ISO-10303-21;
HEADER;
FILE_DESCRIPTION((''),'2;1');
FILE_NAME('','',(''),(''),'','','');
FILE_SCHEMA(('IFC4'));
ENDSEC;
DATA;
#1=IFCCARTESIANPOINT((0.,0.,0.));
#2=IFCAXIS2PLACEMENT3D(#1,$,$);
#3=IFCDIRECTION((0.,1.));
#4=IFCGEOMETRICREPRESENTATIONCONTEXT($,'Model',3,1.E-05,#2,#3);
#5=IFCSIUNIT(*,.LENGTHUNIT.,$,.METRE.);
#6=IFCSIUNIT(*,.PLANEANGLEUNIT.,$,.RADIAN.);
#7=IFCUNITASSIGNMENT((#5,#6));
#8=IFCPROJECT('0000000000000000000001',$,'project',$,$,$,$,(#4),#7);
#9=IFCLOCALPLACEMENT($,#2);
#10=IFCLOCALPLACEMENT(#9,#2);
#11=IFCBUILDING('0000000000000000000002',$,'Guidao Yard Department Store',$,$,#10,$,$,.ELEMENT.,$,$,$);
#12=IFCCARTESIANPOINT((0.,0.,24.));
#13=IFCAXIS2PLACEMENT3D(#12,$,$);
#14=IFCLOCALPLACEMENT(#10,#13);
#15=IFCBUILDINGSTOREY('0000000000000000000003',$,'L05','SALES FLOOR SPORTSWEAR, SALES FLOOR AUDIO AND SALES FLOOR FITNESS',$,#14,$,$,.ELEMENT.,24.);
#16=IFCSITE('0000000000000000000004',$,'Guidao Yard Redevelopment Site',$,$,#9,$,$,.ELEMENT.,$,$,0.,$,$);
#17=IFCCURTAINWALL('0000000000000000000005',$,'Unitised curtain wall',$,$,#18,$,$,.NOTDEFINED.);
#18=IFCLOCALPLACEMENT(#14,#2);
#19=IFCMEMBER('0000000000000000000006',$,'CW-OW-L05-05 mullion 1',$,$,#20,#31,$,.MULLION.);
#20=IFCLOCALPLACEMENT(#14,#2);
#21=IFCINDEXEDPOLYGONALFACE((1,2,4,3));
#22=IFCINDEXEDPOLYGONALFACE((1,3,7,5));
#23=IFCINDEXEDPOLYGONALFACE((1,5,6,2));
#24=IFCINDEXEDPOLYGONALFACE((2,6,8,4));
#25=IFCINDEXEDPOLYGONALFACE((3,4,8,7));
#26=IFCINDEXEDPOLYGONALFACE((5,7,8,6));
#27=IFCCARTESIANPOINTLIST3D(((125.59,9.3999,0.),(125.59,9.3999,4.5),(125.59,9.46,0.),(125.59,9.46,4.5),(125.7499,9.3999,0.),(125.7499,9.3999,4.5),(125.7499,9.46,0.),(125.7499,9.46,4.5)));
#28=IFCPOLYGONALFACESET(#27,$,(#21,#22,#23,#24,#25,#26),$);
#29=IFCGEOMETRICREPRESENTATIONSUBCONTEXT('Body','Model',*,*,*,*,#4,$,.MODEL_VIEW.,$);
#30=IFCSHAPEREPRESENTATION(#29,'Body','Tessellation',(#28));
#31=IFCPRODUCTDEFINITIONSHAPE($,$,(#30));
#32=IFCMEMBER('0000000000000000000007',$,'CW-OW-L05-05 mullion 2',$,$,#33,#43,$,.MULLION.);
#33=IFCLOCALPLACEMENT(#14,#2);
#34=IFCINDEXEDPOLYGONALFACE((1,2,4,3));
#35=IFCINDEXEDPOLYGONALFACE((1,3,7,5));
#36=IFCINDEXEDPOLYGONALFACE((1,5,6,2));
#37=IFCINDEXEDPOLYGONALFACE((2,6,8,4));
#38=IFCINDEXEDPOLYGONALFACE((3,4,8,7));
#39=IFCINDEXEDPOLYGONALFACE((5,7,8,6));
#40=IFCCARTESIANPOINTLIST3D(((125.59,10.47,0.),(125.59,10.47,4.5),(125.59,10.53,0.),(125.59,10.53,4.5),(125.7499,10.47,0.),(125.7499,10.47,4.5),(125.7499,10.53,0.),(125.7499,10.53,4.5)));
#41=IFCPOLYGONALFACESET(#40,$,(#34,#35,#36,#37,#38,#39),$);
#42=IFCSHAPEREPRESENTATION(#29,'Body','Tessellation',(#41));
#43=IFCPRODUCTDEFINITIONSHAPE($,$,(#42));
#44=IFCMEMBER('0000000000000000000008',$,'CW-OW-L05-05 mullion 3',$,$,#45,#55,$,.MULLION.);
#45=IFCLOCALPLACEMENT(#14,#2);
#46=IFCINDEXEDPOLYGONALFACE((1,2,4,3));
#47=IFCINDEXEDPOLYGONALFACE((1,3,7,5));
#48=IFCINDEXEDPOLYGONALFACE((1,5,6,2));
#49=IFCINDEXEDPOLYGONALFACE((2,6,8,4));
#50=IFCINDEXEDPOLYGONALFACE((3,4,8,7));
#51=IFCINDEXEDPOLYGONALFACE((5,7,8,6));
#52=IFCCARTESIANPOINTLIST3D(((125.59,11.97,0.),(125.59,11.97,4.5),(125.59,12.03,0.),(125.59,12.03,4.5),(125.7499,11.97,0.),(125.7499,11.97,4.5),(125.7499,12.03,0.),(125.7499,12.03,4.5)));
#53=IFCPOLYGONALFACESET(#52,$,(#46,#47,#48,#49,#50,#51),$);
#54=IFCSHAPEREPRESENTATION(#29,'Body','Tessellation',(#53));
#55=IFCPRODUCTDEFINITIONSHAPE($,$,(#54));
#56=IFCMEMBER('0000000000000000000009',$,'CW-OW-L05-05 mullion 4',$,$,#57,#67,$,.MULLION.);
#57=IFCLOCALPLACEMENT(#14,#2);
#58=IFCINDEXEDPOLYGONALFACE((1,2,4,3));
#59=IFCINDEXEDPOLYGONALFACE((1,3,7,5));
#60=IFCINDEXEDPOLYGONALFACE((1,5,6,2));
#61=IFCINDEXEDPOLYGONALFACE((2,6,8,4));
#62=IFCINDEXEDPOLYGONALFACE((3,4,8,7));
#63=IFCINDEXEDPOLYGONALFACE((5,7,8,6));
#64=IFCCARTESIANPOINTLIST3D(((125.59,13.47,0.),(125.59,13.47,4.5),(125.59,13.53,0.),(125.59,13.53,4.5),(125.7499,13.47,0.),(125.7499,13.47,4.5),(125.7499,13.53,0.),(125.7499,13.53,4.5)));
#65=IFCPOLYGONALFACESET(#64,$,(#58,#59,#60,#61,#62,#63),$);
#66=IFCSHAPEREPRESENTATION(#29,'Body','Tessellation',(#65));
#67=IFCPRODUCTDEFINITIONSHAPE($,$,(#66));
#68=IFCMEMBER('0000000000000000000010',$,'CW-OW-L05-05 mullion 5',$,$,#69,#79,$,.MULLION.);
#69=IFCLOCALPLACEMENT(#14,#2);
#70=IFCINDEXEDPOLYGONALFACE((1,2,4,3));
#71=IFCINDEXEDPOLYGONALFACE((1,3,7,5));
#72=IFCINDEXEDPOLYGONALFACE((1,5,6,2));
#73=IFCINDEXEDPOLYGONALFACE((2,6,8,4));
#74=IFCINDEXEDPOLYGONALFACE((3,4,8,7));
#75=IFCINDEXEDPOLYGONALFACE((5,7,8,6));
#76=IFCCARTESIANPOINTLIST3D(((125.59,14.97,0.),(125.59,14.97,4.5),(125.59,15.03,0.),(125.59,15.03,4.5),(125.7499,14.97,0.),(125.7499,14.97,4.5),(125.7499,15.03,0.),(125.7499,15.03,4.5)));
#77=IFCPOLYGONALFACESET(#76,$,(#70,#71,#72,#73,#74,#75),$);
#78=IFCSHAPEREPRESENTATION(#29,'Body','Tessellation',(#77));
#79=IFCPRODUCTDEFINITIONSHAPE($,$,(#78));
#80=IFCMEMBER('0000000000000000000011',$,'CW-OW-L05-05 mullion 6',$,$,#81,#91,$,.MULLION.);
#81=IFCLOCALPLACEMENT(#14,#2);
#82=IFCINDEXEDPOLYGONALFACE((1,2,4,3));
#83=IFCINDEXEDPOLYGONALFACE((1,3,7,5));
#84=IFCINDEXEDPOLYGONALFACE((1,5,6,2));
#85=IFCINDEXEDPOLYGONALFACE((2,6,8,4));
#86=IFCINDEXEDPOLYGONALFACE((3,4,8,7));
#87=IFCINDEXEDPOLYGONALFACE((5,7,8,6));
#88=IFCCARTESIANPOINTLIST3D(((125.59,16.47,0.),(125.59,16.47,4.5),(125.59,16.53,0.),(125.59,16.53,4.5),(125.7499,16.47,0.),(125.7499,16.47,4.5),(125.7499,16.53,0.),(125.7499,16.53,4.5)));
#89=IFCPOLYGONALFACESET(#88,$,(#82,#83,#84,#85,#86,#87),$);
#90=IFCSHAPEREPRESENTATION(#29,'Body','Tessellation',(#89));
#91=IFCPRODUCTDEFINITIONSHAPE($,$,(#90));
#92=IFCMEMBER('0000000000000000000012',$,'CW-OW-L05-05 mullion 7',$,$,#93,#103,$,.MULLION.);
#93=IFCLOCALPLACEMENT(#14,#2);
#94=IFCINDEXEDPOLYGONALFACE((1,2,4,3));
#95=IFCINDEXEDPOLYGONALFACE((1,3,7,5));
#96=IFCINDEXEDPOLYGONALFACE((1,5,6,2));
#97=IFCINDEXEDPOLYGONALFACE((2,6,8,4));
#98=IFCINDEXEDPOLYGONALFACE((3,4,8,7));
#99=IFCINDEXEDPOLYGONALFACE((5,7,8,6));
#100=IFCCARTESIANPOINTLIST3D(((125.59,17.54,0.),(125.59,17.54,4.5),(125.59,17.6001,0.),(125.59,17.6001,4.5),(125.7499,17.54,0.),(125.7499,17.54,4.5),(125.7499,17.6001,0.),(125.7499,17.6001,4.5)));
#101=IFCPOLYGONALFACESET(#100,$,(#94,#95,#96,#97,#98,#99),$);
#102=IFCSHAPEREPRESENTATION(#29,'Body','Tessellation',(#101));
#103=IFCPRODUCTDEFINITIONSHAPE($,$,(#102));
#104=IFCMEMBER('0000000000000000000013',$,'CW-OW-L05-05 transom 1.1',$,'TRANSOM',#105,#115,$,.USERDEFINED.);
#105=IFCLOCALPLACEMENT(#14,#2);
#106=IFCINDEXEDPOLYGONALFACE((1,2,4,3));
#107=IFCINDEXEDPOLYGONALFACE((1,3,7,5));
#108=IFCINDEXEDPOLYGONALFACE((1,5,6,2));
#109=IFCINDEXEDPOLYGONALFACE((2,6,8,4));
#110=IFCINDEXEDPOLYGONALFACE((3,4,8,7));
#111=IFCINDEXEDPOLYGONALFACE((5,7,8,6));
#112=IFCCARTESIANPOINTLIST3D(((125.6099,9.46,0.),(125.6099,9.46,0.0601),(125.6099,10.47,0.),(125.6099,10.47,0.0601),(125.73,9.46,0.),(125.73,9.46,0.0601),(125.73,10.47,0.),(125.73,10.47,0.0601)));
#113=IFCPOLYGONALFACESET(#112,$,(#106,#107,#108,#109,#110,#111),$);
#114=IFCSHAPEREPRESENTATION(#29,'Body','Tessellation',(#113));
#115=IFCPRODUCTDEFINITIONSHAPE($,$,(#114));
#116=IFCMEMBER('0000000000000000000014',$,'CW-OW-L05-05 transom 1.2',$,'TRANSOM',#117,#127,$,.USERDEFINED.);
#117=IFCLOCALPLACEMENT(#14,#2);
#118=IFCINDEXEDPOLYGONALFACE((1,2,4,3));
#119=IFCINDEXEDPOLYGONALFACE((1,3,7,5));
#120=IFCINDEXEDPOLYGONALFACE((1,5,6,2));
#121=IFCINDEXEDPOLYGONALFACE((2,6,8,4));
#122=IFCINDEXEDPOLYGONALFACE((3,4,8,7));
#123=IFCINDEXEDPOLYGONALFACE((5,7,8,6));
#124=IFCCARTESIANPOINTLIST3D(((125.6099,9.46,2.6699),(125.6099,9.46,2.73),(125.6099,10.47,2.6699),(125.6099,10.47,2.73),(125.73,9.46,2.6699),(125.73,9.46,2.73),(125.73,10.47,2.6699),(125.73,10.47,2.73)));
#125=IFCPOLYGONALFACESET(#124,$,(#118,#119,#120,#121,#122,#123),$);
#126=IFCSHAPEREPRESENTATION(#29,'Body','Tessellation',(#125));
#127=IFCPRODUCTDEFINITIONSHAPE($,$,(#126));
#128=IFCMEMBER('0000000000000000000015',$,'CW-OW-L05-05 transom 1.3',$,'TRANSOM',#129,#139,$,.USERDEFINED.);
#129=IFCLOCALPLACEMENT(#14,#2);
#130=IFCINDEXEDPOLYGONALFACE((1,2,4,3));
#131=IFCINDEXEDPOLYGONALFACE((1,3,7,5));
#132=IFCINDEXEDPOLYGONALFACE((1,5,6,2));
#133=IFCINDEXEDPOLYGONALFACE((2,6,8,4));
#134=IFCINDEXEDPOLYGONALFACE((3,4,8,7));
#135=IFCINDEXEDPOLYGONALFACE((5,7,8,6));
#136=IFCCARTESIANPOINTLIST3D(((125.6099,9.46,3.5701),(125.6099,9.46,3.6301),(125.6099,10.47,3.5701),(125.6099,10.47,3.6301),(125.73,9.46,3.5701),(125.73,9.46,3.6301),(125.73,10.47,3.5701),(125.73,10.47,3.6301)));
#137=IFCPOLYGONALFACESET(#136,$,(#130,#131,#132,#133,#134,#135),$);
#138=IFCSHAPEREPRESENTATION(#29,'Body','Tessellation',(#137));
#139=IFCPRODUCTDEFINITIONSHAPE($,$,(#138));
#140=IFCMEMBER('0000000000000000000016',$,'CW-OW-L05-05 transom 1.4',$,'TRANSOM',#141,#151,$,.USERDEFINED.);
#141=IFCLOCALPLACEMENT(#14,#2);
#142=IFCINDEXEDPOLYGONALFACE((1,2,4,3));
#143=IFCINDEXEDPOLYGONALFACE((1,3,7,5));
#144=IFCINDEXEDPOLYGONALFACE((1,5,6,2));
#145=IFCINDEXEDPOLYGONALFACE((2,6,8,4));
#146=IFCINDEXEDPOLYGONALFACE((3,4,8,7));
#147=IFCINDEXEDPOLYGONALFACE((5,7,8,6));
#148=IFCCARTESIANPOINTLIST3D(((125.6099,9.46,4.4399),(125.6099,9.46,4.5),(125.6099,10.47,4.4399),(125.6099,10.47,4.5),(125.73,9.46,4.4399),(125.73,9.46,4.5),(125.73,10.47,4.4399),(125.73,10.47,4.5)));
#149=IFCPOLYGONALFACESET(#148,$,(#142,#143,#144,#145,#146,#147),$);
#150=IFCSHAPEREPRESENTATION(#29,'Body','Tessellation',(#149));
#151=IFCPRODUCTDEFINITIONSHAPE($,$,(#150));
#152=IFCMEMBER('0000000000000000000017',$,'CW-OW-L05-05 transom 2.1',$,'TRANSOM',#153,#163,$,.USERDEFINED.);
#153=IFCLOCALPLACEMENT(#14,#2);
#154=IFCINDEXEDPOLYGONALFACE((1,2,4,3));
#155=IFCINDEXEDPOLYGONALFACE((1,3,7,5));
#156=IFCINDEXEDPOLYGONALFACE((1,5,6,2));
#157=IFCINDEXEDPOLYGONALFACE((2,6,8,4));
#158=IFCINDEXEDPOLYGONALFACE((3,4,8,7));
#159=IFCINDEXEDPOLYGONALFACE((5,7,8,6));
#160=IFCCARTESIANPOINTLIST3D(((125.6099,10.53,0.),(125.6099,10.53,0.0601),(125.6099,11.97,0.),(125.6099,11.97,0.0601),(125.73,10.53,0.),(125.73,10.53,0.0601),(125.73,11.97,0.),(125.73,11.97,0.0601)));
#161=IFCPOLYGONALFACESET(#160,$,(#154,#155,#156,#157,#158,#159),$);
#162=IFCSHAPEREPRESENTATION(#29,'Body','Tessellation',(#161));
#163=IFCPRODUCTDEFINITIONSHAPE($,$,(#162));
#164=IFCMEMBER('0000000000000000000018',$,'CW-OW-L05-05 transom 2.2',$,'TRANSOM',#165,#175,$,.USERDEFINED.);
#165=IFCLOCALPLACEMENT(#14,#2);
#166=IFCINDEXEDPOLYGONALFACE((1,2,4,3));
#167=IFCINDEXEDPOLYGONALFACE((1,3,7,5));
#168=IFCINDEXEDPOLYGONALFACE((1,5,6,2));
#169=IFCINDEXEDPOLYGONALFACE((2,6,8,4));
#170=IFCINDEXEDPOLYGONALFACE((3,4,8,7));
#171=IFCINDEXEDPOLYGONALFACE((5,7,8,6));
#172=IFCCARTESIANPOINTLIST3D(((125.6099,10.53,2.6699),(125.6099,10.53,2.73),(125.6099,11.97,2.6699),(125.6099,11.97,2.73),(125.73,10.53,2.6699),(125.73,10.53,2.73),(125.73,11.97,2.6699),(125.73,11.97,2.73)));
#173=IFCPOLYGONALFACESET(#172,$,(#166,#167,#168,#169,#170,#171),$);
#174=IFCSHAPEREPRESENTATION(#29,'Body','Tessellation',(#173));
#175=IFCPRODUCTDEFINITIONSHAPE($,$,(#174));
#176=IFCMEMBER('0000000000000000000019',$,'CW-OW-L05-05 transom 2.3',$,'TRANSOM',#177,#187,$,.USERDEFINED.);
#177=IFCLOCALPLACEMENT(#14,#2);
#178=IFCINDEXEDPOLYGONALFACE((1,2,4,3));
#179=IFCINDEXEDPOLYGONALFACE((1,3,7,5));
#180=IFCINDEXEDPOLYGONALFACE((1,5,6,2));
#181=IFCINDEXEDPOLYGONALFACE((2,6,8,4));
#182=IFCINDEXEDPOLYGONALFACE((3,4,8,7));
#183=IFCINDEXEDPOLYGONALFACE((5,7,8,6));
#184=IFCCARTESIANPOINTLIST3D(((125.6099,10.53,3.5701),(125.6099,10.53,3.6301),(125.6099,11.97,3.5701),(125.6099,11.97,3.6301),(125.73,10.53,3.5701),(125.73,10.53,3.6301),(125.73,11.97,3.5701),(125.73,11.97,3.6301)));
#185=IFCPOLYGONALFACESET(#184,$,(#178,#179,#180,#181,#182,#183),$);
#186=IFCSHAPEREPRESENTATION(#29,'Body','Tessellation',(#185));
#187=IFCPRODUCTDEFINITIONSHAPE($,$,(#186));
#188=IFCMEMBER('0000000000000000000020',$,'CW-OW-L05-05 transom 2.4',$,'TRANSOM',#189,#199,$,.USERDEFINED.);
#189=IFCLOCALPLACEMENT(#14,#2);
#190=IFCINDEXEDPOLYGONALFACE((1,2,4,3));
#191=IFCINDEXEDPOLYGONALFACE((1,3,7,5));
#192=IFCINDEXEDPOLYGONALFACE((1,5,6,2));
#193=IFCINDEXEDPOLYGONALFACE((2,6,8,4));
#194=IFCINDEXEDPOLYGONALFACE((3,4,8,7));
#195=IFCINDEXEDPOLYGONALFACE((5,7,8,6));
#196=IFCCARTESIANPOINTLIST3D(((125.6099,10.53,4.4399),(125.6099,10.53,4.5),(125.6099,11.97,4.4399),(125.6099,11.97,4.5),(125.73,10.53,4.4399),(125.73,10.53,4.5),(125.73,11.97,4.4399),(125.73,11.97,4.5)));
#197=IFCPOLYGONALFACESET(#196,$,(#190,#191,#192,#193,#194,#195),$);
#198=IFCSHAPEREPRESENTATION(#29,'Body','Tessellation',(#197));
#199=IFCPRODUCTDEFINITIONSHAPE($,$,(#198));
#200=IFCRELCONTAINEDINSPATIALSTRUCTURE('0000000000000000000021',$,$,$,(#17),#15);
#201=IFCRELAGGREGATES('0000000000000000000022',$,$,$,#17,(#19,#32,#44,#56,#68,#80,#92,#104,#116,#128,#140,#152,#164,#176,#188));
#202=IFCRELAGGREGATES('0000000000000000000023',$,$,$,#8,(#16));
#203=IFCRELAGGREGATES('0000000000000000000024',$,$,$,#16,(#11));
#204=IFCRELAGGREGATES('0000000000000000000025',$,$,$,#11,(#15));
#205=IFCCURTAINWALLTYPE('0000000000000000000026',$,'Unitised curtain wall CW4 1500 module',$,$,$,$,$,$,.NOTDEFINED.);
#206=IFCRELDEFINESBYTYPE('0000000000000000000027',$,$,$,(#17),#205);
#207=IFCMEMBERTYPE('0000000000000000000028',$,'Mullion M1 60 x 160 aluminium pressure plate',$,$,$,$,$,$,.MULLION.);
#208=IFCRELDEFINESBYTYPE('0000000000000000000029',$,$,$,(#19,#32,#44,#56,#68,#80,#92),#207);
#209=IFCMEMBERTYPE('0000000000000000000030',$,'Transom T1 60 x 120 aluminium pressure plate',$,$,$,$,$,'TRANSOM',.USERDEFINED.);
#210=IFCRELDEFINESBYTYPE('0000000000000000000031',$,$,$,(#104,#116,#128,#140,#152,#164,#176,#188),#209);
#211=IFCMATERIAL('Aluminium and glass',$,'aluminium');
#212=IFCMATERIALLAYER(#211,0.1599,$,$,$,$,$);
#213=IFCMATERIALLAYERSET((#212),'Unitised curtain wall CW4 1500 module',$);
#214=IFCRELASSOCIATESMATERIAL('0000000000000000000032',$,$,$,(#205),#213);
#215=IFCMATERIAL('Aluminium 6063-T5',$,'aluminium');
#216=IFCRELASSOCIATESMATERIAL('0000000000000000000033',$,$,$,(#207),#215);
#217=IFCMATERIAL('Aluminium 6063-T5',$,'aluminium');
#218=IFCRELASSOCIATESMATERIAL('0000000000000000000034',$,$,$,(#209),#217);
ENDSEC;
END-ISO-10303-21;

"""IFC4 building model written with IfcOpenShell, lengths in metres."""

from ifc_helpers import new_model, si_unit, direction, frame, origin, origin_2d, place, context, subcontext, project, spatial, rectangle, extrude, material, layer, layer_set, material_profile, profile_set, type_object, element, aggregate, save


model = new_model("IFC4")

# Units and contexts
model_context = context("Model", 3, precision=1e-05, world=origin(), true_north=direction((0.0, 1.0)))
body_context = subcontext(model_context, "Body", "Model", "MODEL_VIEW")
ifc_project = project(units=[si_unit("LENGTHUNIT", "METRE"), si_unit("PLANEANGLEUNIT", "RADIAN")], contexts=[model_context])

# Site, building, storey
site_placement = place(None, origin())
site = spatial("IfcSite", under=ifc_project, at=site_placement, Name="Guidao Yard Redevelopment Site", CompositionType="ELEMENT", RefElevation=0.0)
building_placement = place(site_placement, origin())
building = spatial("IfcBuilding", under=site, at=building_placement, Name="Guidao Yard Department Store", CompositionType="ELEMENT")
storey_placement = place(building_placement, frame((0.0, 0.0, 24.0)))
storey = spatial("IfcBuildingStorey", under=building, at=storey_placement, Name="L05", Description="SALES FLOOR SPORTSWEAR, SALES FLOOR AUDIO AND SALES FLOOR FITNESS", CompositionType="ELEMENT", Elevation=24.0)

# Curtain wall, members
ifc_material_1 = material(Name="Aluminium and glass", Category="aluminium")
ifc_layer_1 = layer(ifc_material_1, 0.1599)
ifc_layer_set_1 = layer_set([ifc_layer_1], Name="Unitised curtain wall CW4 1500 module")
curtain_wall_type = type_object("IfcCurtainWallType", Name="Unitised curtain wall CW4 1500 module", PredefinedType="NOTDEFINED", material=ifc_layer_set_1)
curtain_wall_placement = place(storey_placement, origin())
curtain_wall = element("IfcCurtainWall", 1, at=curtain_wall_placement, inside=storey, type_object=curtain_wall_type, Name="Unitised curtain wall", PredefinedType="NOTDEFINED")
ifc_material_2 = material(Name="Aluminium 6063-T5", Category="aluminium")
ifc_material_profile_1 = material_profile(ifc_material_2, rectangle(XDim=0.0601, YDim=0.1599, at=origin_2d()), Name="Mullion M1 60 x 160 aluminium pressure plate")
ifc_profile_set_1 = profile_set([ifc_material_profile_1], Name="Aluminium 6063-T5")
member_type_1 = type_object("IfcMemberType", Name="Mullion M1 60 x 160 aluminium pressure plate", PredefinedType="MULLION", material=ifc_profile_set_1)
member_1_placement = place(storey_placement, frame((125.6699, 9.4299, 0.0), z_axis=(0.0, 0.0, 1.0), x_axis=(0.0, 1.0, 0.0)))
member_1 = element("IfcMember", 2, at=member_1_placement, type_object=member_type_1, Name="CW-OW-L05-05 mullion 1", PredefinedType="MULLION", context=body_context, shape_type="SweptSolid", body=[
    extrude(rectangle(XDim=0.0601, YDim=0.1599, at=origin_2d()), origin(), (0.0, 0.0, 1.0), 4.5),
])
member_2_placement = place(storey_placement, frame((125.6699, 10.5, 0.0), z_axis=(0.0, 0.0, 1.0), x_axis=(0.0, 1.0, 0.0)))
member_2 = element("IfcMember", 3, at=member_2_placement, type_object=member_type_1, Name="CW-OW-L05-05 mullion 2", PredefinedType="MULLION", context=body_context, shape_type="SweptSolid", body=[
    extrude(rectangle(XDim=0.0601, YDim=0.1599, at=origin_2d()), origin(), (0.0, 0.0, 1.0), 4.5),
])
member_3_placement = place(storey_placement, frame((125.6699, 12.0, 0.0), z_axis=(0.0, 0.0, 1.0), x_axis=(0.0, 1.0, 0.0)))
member_3 = element("IfcMember", 4, at=member_3_placement, type_object=member_type_1, Name="CW-OW-L05-05 mullion 3", PredefinedType="MULLION", context=body_context, shape_type="SweptSolid", body=[
    extrude(rectangle(XDim=0.0601, YDim=0.1599, at=origin_2d()), origin(), (0.0, 0.0, 1.0), 4.5),
])
member_4_placement = place(storey_placement, frame((125.6699, 13.5, 0.0), z_axis=(0.0, 0.0, 1.0), x_axis=(0.0, 1.0, 0.0)))
member_4 = element("IfcMember", 5, at=member_4_placement, type_object=member_type_1, Name="CW-OW-L05-05 mullion 4", PredefinedType="MULLION", context=body_context, shape_type="SweptSolid", body=[
    extrude(rectangle(XDim=0.0601, YDim=0.1599, at=origin_2d()), origin(), (0.0, 0.0, 1.0), 4.5),
])
member_5_placement = place(storey_placement, frame((125.6699, 15.0, 0.0), z_axis=(0.0, 0.0, 1.0), x_axis=(0.0, 1.0, 0.0)))
member_5 = element("IfcMember", 6, at=member_5_placement, type_object=member_type_1, Name="CW-OW-L05-05 mullion 5", PredefinedType="MULLION", context=body_context, shape_type="SweptSolid", body=[
    extrude(rectangle(XDim=0.0601, YDim=0.1599, at=origin_2d()), origin(), (0.0, 0.0, 1.0), 4.5),
])
member_6_placement = place(storey_placement, frame((125.6699, 16.5, 0.0), z_axis=(0.0, 0.0, 1.0), x_axis=(0.0, 1.0, 0.0)))
member_6 = element("IfcMember", 7, at=member_6_placement, type_object=member_type_1, Name="CW-OW-L05-05 mullion 6", PredefinedType="MULLION", context=body_context, shape_type="SweptSolid", body=[
    extrude(rectangle(XDim=0.0601, YDim=0.1599, at=origin_2d()), origin(), (0.0, 0.0, 1.0), 4.5),
])
member_7_placement = place(storey_placement, frame((125.6699, 17.5701, 0.0), z_axis=(0.0, 0.0, 1.0), x_axis=(0.0, 1.0, 0.0)))
member_7 = element("IfcMember", 8, at=member_7_placement, type_object=member_type_1, Name="CW-OW-L05-05 mullion 7", PredefinedType="MULLION", context=body_context, shape_type="SweptSolid", body=[
    extrude(rectangle(XDim=0.0601, YDim=0.1599, at=origin_2d()), origin(), (0.0, 0.0, 1.0), 4.5),
])
ifc_material_3 = material(Name="Aluminium 6063-T5", Category="aluminium")
ifc_material_profile_2 = material_profile(ifc_material_3, rectangle(XDim=0.1201, YDim=0.0601, at=origin_2d()), Name="Transom T1 60 x 120 aluminium pressure plate")
ifc_profile_set_2 = profile_set([ifc_material_profile_2], Name="Aluminium 6063-T5")
member_type_2 = type_object("IfcMemberType", Name="Transom T1 60 x 120 aluminium pressure plate", ElementType="TRANSOM", PredefinedType="USERDEFINED", material=ifc_profile_set_2)
member_8_placement = place(storey_placement, frame((125.6699, 9.46, 0.03), z_axis=(0.0, 1.0, 0.0), x_axis=(-1.0, 0.0, 0.0)))
member_8 = element("IfcMember", 9, at=member_8_placement, type_object=member_type_2, Name="CW-OW-L05-05 transom 1.1", ObjectType="TRANSOM", PredefinedType="USERDEFINED", context=body_context, shape_type="SweptSolid", body=[
    extrude(rectangle(XDim=0.1201, YDim=0.0601, at=origin_2d()), origin(), (0.0, 0.0, 1.0), 1.01),
])
member_9_placement = place(storey_placement, frame((125.6699, 9.46, 2.7), z_axis=(0.0, 1.0, 0.0), x_axis=(-1.0, 0.0, 0.0)))
member_9 = element("IfcMember", 10, at=member_9_placement, type_object=member_type_2, Name="CW-OW-L05-05 transom 1.2", ObjectType="TRANSOM", PredefinedType="USERDEFINED", context=body_context, shape_type="SweptSolid", body=[
    extrude(rectangle(XDim=0.1201, YDim=0.0601, at=origin_2d()), origin(), (0.0, 0.0, 1.0), 1.01),
])
member_10_placement = place(storey_placement, frame((125.6699, 9.46, 3.6001), z_axis=(0.0, 1.0, 0.0), x_axis=(-1.0, 0.0, 0.0)))
member_10 = element("IfcMember", 11, at=member_10_placement, type_object=member_type_2, Name="CW-OW-L05-05 transom 1.3", ObjectType="TRANSOM", PredefinedType="USERDEFINED", context=body_context, shape_type="SweptSolid", body=[
    extrude(rectangle(XDim=0.1201, YDim=0.0601, at=origin_2d()), origin(), (0.0, 0.0, 1.0), 1.01),
])
member_11_placement = place(storey_placement, frame((125.6699, 9.46, 4.47), z_axis=(0.0, 1.0, 0.0), x_axis=(-1.0, 0.0, 0.0)))
member_11 = element("IfcMember", 12, at=member_11_placement, type_object=member_type_2, Name="CW-OW-L05-05 transom 1.4", ObjectType="TRANSOM", PredefinedType="USERDEFINED", context=body_context, shape_type="SweptSolid", body=[
    extrude(rectangle(XDim=0.1201, YDim=0.0601, at=origin_2d()), origin(), (0.0, 0.0, 1.0), 1.01),
])
member_12_placement = place(storey_placement, frame((125.6699, 10.53, 0.03), z_axis=(0.0, 1.0, 0.0), x_axis=(-1.0, 0.0, 0.0)))
member_12 = element("IfcMember", 13, at=member_12_placement, type_object=member_type_2, Name="CW-OW-L05-05 transom 2.1", ObjectType="TRANSOM", PredefinedType="USERDEFINED", context=body_context, shape_type="SweptSolid", body=[
    extrude(rectangle(XDim=0.1201, YDim=0.0601, at=origin_2d()), origin(), (0.0, 0.0, 1.0), 1.4399),
])
member_13_placement = place(storey_placement, frame((125.6699, 10.53, 2.7), z_axis=(0.0, 1.0, 0.0), x_axis=(-1.0, 0.0, 0.0)))
member_13 = element("IfcMember", 14, at=member_13_placement, type_object=member_type_2, Name="CW-OW-L05-05 transom 2.2", ObjectType="TRANSOM", PredefinedType="USERDEFINED", context=body_context, shape_type="SweptSolid", body=[
    extrude(rectangle(XDim=0.1201, YDim=0.0601, at=origin_2d()), origin(), (0.0, 0.0, 1.0), 1.4399),
])
member_14_placement = place(storey_placement, frame((125.6699, 10.53, 3.6001), z_axis=(0.0, 1.0, 0.0), x_axis=(-1.0, 0.0, 0.0)))
member_14 = element("IfcMember", 15, at=member_14_placement, type_object=member_type_2, Name="CW-OW-L05-05 transom 2.3", ObjectType="TRANSOM", PredefinedType="USERDEFINED", context=body_context, shape_type="SweptSolid", body=[
    extrude(rectangle(XDim=0.1201, YDim=0.0601, at=origin_2d()), origin(), (0.0, 0.0, 1.0), 1.4399),
])
member_15_placement = place(storey_placement, frame((125.6699, 10.53, 4.47), z_axis=(0.0, 1.0, 0.0), x_axis=(-1.0, 0.0, 0.0)))
member_15 = element("IfcMember", 16, at=member_15_placement, type_object=member_type_2, Name="CW-OW-L05-05 transom 2.4", ObjectType="TRANSOM", PredefinedType="USERDEFINED", context=body_context, shape_type="SweptSolid", body=[
    extrude(rectangle(XDim=0.1201, YDim=0.0601, at=origin_2d()), origin(), (0.0, 0.0, 1.0), 1.4399),
])
aggregate(curtain_wall, [member_1, member_2, member_3, member_4, member_5, member_6, member_7, member_8, member_9, member_10, member_11, member_12, member_13, member_14, member_15])

save(model, "model.ifc")
